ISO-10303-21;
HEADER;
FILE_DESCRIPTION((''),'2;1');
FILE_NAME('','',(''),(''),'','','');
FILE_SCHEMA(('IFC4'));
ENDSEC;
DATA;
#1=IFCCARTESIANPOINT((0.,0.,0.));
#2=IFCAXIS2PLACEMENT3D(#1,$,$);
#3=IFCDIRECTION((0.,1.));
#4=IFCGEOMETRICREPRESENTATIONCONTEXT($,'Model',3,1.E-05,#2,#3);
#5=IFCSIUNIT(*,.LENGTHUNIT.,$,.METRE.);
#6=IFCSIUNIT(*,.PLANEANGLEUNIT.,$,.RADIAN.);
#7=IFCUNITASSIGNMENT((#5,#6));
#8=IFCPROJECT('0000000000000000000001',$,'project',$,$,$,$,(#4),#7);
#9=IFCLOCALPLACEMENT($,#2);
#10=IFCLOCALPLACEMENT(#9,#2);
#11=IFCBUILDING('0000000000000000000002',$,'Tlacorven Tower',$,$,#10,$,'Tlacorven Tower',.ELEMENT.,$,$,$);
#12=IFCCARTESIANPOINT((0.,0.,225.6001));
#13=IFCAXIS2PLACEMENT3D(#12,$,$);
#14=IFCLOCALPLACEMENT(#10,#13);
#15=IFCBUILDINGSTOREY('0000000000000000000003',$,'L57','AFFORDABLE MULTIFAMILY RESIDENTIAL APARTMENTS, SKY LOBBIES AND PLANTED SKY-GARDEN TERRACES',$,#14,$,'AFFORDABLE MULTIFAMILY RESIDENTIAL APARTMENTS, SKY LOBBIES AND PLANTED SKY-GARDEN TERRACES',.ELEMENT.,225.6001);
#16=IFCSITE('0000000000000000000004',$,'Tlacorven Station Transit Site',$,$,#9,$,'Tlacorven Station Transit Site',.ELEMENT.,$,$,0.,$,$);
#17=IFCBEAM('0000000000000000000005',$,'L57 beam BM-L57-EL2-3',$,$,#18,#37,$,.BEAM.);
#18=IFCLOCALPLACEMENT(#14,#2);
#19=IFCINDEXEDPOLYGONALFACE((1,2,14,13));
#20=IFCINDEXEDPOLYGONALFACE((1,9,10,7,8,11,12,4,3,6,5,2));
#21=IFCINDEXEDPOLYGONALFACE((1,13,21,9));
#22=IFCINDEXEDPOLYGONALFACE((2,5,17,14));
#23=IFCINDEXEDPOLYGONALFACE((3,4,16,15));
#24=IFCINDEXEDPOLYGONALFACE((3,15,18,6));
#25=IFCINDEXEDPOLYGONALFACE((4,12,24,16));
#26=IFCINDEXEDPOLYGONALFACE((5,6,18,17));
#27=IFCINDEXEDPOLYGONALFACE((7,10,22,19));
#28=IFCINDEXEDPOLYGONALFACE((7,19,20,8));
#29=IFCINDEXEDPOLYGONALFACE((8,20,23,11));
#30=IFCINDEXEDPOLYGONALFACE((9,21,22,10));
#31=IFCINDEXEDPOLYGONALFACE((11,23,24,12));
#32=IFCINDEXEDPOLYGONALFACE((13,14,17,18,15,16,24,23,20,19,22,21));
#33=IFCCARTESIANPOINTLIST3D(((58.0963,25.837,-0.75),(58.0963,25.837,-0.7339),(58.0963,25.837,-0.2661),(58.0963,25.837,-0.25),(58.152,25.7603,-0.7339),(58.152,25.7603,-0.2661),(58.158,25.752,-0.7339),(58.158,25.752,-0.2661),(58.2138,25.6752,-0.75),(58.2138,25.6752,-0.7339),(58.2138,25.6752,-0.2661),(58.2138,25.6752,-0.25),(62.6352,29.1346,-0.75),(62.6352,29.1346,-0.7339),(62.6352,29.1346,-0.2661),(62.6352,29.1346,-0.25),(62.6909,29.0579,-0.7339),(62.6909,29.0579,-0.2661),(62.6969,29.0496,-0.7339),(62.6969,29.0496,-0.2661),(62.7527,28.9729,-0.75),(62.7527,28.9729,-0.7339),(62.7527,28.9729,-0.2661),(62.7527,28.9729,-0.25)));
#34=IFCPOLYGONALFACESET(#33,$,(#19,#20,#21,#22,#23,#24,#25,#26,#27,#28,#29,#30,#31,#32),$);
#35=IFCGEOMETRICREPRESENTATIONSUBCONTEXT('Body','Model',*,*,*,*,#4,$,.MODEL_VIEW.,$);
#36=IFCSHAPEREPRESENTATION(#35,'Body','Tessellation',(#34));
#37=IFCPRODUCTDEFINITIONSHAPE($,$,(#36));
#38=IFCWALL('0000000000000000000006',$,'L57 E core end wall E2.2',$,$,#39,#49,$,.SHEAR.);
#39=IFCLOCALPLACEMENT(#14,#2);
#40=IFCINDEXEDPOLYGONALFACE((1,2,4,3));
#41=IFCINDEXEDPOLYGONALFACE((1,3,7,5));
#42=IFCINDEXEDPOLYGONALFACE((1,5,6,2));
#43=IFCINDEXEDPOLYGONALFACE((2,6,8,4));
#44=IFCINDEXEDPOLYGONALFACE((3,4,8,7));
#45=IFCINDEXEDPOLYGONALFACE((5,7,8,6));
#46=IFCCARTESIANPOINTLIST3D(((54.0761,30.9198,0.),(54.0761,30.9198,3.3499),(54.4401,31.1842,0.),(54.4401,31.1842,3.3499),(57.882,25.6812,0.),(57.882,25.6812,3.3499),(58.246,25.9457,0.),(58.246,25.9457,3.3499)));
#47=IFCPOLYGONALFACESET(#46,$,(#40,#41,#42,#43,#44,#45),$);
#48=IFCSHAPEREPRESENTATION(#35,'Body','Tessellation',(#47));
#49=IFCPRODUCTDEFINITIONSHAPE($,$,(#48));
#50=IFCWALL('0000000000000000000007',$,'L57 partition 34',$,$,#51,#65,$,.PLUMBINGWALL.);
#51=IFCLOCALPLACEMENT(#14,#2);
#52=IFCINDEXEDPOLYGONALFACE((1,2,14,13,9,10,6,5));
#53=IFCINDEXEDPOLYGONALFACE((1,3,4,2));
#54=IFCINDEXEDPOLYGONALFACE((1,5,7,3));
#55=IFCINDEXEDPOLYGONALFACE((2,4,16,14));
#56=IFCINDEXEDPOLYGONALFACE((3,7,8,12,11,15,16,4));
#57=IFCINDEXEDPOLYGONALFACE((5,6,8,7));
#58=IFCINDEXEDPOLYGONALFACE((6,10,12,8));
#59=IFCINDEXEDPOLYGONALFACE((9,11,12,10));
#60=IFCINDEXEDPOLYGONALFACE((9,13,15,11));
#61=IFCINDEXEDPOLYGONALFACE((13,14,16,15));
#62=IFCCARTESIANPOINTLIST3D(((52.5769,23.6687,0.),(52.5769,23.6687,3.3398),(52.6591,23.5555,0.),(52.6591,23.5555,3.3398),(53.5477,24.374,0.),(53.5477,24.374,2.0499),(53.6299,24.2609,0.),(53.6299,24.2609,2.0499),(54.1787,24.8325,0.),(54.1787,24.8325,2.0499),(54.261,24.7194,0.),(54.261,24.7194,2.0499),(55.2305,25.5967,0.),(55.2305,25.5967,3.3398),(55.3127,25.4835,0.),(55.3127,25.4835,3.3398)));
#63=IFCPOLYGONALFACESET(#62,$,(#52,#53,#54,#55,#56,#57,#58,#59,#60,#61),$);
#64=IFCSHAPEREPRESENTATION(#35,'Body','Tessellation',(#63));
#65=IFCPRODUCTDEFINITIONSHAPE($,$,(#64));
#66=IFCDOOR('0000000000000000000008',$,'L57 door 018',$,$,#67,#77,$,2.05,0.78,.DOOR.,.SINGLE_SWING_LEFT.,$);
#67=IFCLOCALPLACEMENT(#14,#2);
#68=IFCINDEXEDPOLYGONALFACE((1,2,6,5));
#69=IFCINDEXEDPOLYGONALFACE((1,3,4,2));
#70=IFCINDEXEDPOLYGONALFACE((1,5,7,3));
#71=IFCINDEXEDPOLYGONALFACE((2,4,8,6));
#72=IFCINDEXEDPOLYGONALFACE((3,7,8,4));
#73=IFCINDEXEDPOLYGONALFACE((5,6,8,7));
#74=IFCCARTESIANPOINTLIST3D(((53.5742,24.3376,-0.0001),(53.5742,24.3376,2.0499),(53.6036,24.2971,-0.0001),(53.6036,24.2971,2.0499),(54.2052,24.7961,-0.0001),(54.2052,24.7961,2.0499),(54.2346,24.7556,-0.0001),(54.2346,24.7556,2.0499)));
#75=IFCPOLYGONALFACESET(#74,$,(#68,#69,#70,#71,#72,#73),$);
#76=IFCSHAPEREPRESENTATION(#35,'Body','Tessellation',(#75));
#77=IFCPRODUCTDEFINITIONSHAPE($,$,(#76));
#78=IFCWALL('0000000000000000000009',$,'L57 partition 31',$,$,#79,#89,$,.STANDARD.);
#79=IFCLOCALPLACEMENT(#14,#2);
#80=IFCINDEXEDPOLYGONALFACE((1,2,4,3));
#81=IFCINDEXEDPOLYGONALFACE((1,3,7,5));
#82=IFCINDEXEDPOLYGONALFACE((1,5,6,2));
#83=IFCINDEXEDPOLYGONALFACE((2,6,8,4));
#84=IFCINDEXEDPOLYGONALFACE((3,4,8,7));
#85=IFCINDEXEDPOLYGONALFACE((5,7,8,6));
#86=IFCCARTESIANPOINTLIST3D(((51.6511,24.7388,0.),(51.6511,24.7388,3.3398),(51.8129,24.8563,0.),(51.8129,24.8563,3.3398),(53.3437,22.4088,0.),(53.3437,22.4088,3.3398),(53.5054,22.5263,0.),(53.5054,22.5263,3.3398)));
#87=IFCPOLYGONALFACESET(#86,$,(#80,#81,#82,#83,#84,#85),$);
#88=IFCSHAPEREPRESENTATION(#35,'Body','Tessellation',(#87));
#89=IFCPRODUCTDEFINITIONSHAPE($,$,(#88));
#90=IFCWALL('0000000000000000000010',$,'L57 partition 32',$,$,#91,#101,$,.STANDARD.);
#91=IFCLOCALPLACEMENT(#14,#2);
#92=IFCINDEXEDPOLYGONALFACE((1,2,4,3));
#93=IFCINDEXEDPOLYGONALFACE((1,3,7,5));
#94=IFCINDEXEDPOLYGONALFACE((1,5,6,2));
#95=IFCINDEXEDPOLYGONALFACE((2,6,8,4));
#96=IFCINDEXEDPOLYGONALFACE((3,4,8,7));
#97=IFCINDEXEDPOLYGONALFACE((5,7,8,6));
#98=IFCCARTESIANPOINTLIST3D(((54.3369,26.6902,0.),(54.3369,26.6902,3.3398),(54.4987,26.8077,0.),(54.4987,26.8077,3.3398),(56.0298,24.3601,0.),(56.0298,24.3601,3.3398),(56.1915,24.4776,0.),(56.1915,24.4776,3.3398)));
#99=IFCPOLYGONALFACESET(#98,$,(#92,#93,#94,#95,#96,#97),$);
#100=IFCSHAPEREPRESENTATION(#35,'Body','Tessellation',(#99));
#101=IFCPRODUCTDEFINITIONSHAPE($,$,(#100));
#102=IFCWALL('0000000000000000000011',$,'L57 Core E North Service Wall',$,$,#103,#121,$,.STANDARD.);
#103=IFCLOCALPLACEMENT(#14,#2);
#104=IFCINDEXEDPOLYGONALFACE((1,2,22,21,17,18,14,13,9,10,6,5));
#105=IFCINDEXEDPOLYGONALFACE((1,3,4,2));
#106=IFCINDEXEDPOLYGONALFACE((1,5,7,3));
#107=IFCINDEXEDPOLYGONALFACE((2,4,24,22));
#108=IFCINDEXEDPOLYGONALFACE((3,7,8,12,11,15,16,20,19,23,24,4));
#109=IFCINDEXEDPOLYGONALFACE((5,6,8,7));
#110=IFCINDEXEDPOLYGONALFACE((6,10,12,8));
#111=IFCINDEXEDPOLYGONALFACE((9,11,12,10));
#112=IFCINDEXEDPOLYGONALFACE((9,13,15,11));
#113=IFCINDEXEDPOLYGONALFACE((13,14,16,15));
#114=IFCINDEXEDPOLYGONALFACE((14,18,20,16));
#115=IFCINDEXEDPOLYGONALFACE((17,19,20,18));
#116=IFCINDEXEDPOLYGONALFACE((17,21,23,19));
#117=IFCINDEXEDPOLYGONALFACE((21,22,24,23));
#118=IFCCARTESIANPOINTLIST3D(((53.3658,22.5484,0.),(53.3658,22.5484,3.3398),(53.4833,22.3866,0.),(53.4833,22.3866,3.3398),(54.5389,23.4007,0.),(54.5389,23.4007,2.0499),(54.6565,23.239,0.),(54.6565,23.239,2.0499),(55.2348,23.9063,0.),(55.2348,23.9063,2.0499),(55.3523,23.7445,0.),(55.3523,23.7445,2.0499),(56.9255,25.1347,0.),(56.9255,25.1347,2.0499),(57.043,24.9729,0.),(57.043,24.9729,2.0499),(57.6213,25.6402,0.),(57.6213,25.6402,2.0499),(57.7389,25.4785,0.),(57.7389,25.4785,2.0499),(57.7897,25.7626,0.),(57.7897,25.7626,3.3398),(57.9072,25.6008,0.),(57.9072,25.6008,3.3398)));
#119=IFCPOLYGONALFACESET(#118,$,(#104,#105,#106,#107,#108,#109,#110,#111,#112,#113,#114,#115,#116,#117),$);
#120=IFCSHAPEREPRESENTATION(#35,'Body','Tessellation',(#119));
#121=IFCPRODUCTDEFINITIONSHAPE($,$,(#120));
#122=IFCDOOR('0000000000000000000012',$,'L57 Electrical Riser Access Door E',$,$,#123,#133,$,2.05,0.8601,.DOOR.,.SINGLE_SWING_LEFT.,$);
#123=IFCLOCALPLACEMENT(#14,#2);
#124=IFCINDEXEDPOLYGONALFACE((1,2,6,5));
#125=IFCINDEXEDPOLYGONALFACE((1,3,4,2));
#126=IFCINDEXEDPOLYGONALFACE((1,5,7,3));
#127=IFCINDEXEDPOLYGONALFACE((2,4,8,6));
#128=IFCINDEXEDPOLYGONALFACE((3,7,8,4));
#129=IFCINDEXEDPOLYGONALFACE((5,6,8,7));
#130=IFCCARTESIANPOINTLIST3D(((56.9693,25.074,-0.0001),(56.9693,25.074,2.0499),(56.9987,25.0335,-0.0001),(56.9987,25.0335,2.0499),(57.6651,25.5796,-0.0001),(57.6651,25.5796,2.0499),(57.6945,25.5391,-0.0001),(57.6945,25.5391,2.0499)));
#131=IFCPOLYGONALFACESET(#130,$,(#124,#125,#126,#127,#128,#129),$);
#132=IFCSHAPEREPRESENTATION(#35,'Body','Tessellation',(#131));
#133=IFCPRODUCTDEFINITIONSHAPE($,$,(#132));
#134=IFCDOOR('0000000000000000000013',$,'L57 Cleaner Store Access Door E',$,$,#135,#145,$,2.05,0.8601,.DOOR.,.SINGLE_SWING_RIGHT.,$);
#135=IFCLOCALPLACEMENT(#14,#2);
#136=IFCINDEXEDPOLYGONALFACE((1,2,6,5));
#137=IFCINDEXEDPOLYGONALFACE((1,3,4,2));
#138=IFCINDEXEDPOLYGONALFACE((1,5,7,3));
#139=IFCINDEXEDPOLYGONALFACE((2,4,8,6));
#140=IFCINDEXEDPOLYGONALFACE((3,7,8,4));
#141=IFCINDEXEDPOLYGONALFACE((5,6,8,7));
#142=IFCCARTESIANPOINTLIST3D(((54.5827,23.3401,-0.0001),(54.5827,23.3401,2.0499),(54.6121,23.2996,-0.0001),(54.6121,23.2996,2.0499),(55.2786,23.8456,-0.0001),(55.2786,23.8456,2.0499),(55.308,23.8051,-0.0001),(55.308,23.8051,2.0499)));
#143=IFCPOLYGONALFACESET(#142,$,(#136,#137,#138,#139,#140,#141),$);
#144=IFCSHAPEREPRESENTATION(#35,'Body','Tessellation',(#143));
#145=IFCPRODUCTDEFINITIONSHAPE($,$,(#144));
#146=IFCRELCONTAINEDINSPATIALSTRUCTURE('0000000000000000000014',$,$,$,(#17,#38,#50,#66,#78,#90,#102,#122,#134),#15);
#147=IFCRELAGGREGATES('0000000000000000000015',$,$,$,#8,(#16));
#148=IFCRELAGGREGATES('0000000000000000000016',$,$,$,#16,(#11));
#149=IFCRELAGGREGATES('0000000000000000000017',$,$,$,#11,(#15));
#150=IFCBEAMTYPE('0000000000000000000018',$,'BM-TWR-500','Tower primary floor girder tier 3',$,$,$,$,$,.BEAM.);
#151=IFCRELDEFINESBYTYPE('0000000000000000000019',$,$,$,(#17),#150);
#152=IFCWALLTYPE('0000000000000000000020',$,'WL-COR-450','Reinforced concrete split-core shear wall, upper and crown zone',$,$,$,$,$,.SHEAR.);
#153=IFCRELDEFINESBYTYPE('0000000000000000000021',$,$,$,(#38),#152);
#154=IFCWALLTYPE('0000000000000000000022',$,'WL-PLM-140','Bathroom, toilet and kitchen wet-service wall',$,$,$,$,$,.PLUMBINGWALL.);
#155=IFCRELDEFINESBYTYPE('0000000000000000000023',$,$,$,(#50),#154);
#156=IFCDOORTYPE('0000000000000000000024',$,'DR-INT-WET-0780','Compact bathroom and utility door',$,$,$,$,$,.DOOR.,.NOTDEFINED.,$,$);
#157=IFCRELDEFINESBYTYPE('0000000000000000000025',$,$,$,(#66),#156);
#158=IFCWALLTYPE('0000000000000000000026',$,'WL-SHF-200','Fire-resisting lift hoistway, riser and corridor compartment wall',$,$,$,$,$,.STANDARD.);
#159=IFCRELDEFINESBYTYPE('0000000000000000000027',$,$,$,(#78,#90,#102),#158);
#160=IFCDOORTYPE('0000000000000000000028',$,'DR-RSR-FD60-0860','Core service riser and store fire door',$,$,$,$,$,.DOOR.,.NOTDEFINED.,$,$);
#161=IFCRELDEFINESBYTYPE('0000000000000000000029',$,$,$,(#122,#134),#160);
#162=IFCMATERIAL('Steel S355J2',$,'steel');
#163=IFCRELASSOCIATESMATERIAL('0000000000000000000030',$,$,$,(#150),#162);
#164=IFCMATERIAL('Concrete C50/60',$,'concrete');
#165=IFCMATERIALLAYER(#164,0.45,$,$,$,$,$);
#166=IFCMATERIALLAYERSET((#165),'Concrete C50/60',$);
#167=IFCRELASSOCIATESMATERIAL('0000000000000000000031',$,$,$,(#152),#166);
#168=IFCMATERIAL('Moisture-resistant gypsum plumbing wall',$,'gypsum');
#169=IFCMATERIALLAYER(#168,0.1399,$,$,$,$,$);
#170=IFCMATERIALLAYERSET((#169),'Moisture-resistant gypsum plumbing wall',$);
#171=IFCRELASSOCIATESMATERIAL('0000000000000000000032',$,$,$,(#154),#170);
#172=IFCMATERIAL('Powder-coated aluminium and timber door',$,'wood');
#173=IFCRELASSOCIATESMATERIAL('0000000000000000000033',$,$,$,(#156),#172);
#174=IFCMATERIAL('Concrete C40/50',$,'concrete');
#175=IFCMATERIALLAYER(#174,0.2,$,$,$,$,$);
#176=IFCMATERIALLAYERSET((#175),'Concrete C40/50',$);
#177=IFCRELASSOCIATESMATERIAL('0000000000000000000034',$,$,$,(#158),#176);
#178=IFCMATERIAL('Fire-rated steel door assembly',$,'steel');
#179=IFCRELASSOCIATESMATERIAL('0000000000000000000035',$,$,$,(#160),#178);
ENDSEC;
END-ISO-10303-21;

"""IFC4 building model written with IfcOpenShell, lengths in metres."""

from ifc_helpers import new_model, si_unit, direction, frame, frame_2d, origin, origin_2d, place, context, subcontext, project, spatial, rectangle, i_section, extrude, source, transform, mapped, material, layer, layer_set, material_profile, profile_set, type_object, element, fill, save


model = new_model("IFC4")

# Units and contexts
model_context = context("Model", 3, precision=1e-05, world=origin(), true_north=direction((0.0, 1.0)))
body_context = subcontext(model_context, "Body", "Model", "MODEL_VIEW")
ifc_project = project(units=[si_unit("LENGTHUNIT", "METRE"), si_unit("PLANEANGLEUNIT", "RADIAN")], contexts=[model_context])

# Site, building, storey
site_placement = place(None, origin())
site = spatial("IfcSite", under=ifc_project, at=site_placement, Name="Tlacorven Station Transit Site", LongName="Tlacorven Station Transit Site", CompositionType="ELEMENT", RefElevation=0.0)
building_placement = place(site_placement, origin())
building = spatial("IfcBuilding", under=site, at=building_placement, Name="Tlacorven Tower", LongName="Tlacorven Tower", CompositionType="ELEMENT")
storey_placement = place(building_placement, frame((0.0, 0.0, 225.6001)))
storey = spatial("IfcBuildingStorey", under=building, at=storey_placement, Name="L57", Description="AFFORDABLE MULTIFAMILY RESIDENTIAL APARTMENTS, SKY LOBBIES AND PLANTED SKY-GARDEN TERRACES", LongName="AFFORDABLE MULTIFAMILY RESIDENTIAL APARTMENTS, SKY LOBBIES AND PLANTED SKY-GARDEN TERRACES", CompositionType="ELEMENT", Elevation=225.6001)

# Beam
ifc_material_1 = material(Name="Steel S355J2", Category="steel")
ifc_material_profile = material_profile(ifc_material_1, i_section(OverallWidth=0.2, OverallDepth=0.5, WebThickness=0.0103, FlangeThickness=0.0161, at=origin_2d()), Name="IPE 500")
ifc_profile_set = profile_set([ifc_material_profile], Name="Steel S355J2")
beam_type = type_object("IfcBeamType", Name="BM-TWR-500", Description="Tower primary floor girder tier 3", PredefinedType="BEAM", material=ifc_profile_set)
shared_shape_1 = source(origin(), body_context, "Body", "SweptSolid", [
    extrude(i_section(OverallWidth=0.2, OverallDepth=0.5, WebThickness=0.0103, FlangeThickness=0.0161, at=origin_2d()), origin(), (0.0, 0.0, 1.0), 5.6104),
])
beam_placement = place(storey_placement, frame((58.155, 25.7561, -0.5), z_axis=(0.80902, 0.587781, 0.0), x_axis=(-0.587781, 0.80902, 0.0)))
element("IfcBeam", 1, at=beam_placement, inside=storey, type_object=beam_type, Name="L57 beam BM-L57-EL2-3", PredefinedType="BEAM", context=body_context, shape_type="MappedRepresentation", body=[
    mapped(shared_shape_1, transform((0.0, 0.0, 0.0), scale=1.0)),
])

# Wall
ifc_material_2 = material(Name="Concrete C50/60", Category="concrete")
ifc_layer_1 = layer(ifc_material_2, 0.45)
ifc_layer_set_1 = layer_set([ifc_layer_1], Name="Concrete C50/60")
wall_type_1 = type_object("IfcWallType", Name="WL-COR-450", Description="Reinforced concrete split-core shear wall, upper and crown zone", PredefinedType="SHEAR", material=ifc_layer_set_1)
wall_1_placement = place(storey_placement, frame((58.064, 25.8135, 0.0), z_axis=(0.0, 0.0, 1.0), x_axis=(-0.587775, 0.809025, 0.0)))
element("IfcWall", 2, at=wall_1_placement, inside=storey, type_object=wall_type_1, Name="L57 E core end wall E2.2", PredefinedType="SHEAR", context=body_context, shape_type="SweptSolid", body=[
    extrude(rectangle(XDim=6.4751, YDim=0.45, at=frame_2d((3.2375, 0.0))), origin(), (0.0, 0.0, 1.0), 3.3499),
])

# Wall, opening, door
ifc_material_3 = material(Name="Moisture-resistant gypsum plumbing wall", Category="gypsum")
ifc_layer_2 = layer(ifc_material_3, 0.1399)
ifc_layer_set_2 = layer_set([ifc_layer_2], Name="Moisture-resistant gypsum plumbing wall")
wall_type_2 = type_object("IfcWallType", Name="WL-PLM-140", Description="Bathroom, toilet and kitchen wet-service wall", PredefinedType="PLUMBINGWALL", material=ifc_layer_set_2)
wall_2_placement = place(storey_placement, frame((52.6179, 23.6121, 0.0), z_axis=(0.0, 0.0, 1.0), x_axis=(0.80901, 0.587795, 0.0)))
wall_2 = element("IfcWall", 3, at=wall_2_placement, inside=storey, type_object=wall_type_2, Name="L57 partition 34", PredefinedType="PLUMBINGWALL", context=body_context, shape_type="SweptSolid", body=[
    extrude(rectangle(XDim=3.28, YDim=0.1399, at=frame_2d((1.6401, 0.0))), origin(), (0.0, 0.0, 1.0), 3.3398),
])
opening_1_placement = place(wall_2_placement, frame((1.2, 0.0, 0.0)))
opening_1 = element("IfcOpeningElement", 4, at=opening_1_placement, cuts=wall_2, PredefinedType="OPENING", context=body_context, shape_type="SweptSolid", body=[
    extrude(rectangle(XDim=0.78, YDim=2.05, at=frame_2d((0.3901, 1.0249))), frame((0.0, 0.0801, 0.0), z_axis=(0.0, -1.0, 0.0), x_axis=(1.0, 0.0, 0.0)), (0.0, 0.0, 1.0), 0.1599),
])
ifc_material_4 = material(Name="Powder-coated aluminium and timber door", Category="wood")
door_type_1 = type_object("IfcDoorType", Name="DR-INT-WET-0780", Description="Compact bathroom and utility door", OperationType="NOTDEFINED", PredefinedType="DOOR", material=ifc_material_4)
shared_shape_2 = source(origin(), body_context, "Body", "SweptSolid", [
    extrude(rectangle(XDim=0.78, YDim=2.05, at=frame_2d((0.3901, 1.0249))), frame((0.0, 0.0249, 0.0), z_axis=(0.0, -1.0, 0.0), x_axis=(1.0, 0.0, 0.0)), (0.0, 0.0, 1.0), 0.05),
])
door_1_placement = place(opening_1_placement, origin())
door_1 = element("IfcDoor", 5, at=door_1_placement, inside=storey, type_object=door_type_1, Name="L57 door 018", OperationType="SINGLE_SWING_LEFT", OverallHeight=2.05, OverallWidth=0.78, PredefinedType="DOOR", context=body_context, shape_type="MappedRepresentation", body=[
    mapped(shared_shape_2, transform((0.0, 0.0, 0.0), scale=1.0)),
])
fill(opening_1, door_1)

# Walls
ifc_material_5 = material(Name="Concrete C40/50", Category="concrete")
ifc_layer_3 = layer(ifc_material_5, 0.2)
ifc_layer_set_3 = layer_set([ifc_layer_3], Name="Concrete C40/50")
wall_type_3 = type_object("IfcWallType", Name="WL-SHF-200", Description="Fire-resisting lift hoistway, riser and corridor compartment wall", PredefinedType="STANDARD", material=ifc_layer_set_3)
wall_3_placement = place(storey_placement, frame((53.4246, 22.4675, 0.0), z_axis=(0.0, 0.0, 1.0), x_axis=(-0.587723, 0.809062, 0.0)))
element("IfcWall", 6, at=wall_3_placement, inside=storey, type_object=wall_type_3, Name="L57 partition 31", PredefinedType="STANDARD", context=body_context, shape_type="SweptSolid", body=[
    extrude(rectangle(XDim=2.8799, YDim=0.2, at=frame_2d((1.4399, 0.0))), origin(), (0.0, 0.0, 1.0), 3.3398),
])
wall_4_placement = place(storey_placement, frame((56.1106, 24.4189, 0.0), z_axis=(0.0, 0.0, 1.0), x_axis=(-0.587778, 0.809022, 0.0)))
element("IfcWall", 7, at=wall_4_placement, inside=storey, type_object=wall_type_3, Name="L57 partition 32", PredefinedType="STANDARD", context=body_context, shape_type="SweptSolid", body=[
    extrude(rectangle(XDim=2.8801, YDim=0.2, at=frame_2d((1.4399, 0.0))), origin(), (0.0, 0.0, 1.0), 3.3398),
])

# Wall, openings, doors
wall_5_placement = place(storey_placement, frame((53.4246, 22.4675, 0.0), z_axis=(0.0, 0.0, 1.0), x_axis=(0.809016, 0.587787, 0.0)))
wall_5 = element("IfcWall", 8, at=wall_5_placement, inside=storey, type_object=wall_type_3, Name="L57 Core E North Service Wall", PredefinedType="STANDARD", context=body_context, shape_type="SweptSolid", body=[
    extrude(rectangle(XDim=5.4683, YDim=0.2, at=frame_2d((2.7341, 0.0))), origin(), (0.0, 0.0, 1.0), 3.3398),
])
opening_2_placement = place(wall_5_placement, frame((4.3999, 0.0, 0.0)))
opening_2 = element("IfcOpeningElement", 9, at=opening_2_placement, cuts=wall_5, PredefinedType="OPENING", context=body_context, shape_type="SweptSolid", body=[
    extrude(rectangle(XDim=0.8601, YDim=2.05, at=frame_2d((0.4302, 1.0249))), frame((0.0, 0.1099, 0.0), z_axis=(0.0, -1.0, 0.0), x_axis=(1.0, 0.0, 0.0)), (0.0, 0.0, 1.0), 0.22),
])
opening_3_placement = place(wall_5_placement, frame((1.45, 0.0, 0.0)))
opening_3 = element("IfcOpeningElement", 10, at=opening_3_placement, cuts=wall_5, PredefinedType="OPENING", context=body_context, shape_type="SweptSolid", body=[
    extrude(rectangle(XDim=0.8601, YDim=2.05, at=frame_2d((0.4302, 1.0249))), frame((0.0, 0.1099, 0.0), z_axis=(0.0, -1.0, 0.0), x_axis=(1.0, 0.0, 0.0)), (0.0, 0.0, 1.0), 0.22),
])
ifc_material_6 = material(Name="Fire-rated steel door assembly", Category="steel")
door_type_2 = type_object("IfcDoorType", Name="DR-RSR-FD60-0860", Description="Core service riser and store fire door", OperationType="NOTDEFINED", PredefinedType="DOOR", material=ifc_material_6)
shared_shape_3 = source(origin(), body_context, "Body", "SweptSolid", [
    extrude(rectangle(XDim=0.8601, YDim=2.05, at=frame_2d((0.4302, 1.0249))), frame((0.0, 0.0249, 0.0), z_axis=(0.0, -1.0, 0.0), x_axis=(1.0, 0.0, 0.0)), (0.0, 0.0, 1.0), 0.05),
])
door_2_placement = place(opening_2_placement, frame((0.8601, 0.0, 0.0), z_axis=(0.0, 0.0, 1.0), x_axis=(-1.0, 0.0, 0.0)))
door_2 = element("IfcDoor", 11, at=door_2_placement, inside=storey, type_object=door_type_2, Name="L57 Electrical Riser Access Door E", OperationType="SINGLE_SWING_LEFT", OverallHeight=2.05, OverallWidth=0.8601, PredefinedType="DOOR", context=body_context, shape_type="MappedRepresentation", body=[
    mapped(shared_shape_3, transform((0.0, 0.0, 0.0), scale=1.0)),
])
fill(opening_2, door_2)
door_3_placement = place(opening_3_placement, frame((0.8601, 0.0, 0.0), z_axis=(0.0, 0.0, 1.0), x_axis=(-1.0, 0.0, 0.0)))
door_3 = element("IfcDoor", 12, at=door_3_placement, inside=storey, type_object=door_type_2, Name="L57 Cleaner Store Access Door E", OperationType="SINGLE_SWING_RIGHT", OverallHeight=2.05, OverallWidth=0.8601, PredefinedType="DOOR", context=body_context, shape_type="MappedRepresentation", body=[
    mapped(shared_shape_3, transform((0.0, 0.0, 0.0), scale=1.0)),
])
fill(opening_3, door_3)

save(model, "model.ifc")
